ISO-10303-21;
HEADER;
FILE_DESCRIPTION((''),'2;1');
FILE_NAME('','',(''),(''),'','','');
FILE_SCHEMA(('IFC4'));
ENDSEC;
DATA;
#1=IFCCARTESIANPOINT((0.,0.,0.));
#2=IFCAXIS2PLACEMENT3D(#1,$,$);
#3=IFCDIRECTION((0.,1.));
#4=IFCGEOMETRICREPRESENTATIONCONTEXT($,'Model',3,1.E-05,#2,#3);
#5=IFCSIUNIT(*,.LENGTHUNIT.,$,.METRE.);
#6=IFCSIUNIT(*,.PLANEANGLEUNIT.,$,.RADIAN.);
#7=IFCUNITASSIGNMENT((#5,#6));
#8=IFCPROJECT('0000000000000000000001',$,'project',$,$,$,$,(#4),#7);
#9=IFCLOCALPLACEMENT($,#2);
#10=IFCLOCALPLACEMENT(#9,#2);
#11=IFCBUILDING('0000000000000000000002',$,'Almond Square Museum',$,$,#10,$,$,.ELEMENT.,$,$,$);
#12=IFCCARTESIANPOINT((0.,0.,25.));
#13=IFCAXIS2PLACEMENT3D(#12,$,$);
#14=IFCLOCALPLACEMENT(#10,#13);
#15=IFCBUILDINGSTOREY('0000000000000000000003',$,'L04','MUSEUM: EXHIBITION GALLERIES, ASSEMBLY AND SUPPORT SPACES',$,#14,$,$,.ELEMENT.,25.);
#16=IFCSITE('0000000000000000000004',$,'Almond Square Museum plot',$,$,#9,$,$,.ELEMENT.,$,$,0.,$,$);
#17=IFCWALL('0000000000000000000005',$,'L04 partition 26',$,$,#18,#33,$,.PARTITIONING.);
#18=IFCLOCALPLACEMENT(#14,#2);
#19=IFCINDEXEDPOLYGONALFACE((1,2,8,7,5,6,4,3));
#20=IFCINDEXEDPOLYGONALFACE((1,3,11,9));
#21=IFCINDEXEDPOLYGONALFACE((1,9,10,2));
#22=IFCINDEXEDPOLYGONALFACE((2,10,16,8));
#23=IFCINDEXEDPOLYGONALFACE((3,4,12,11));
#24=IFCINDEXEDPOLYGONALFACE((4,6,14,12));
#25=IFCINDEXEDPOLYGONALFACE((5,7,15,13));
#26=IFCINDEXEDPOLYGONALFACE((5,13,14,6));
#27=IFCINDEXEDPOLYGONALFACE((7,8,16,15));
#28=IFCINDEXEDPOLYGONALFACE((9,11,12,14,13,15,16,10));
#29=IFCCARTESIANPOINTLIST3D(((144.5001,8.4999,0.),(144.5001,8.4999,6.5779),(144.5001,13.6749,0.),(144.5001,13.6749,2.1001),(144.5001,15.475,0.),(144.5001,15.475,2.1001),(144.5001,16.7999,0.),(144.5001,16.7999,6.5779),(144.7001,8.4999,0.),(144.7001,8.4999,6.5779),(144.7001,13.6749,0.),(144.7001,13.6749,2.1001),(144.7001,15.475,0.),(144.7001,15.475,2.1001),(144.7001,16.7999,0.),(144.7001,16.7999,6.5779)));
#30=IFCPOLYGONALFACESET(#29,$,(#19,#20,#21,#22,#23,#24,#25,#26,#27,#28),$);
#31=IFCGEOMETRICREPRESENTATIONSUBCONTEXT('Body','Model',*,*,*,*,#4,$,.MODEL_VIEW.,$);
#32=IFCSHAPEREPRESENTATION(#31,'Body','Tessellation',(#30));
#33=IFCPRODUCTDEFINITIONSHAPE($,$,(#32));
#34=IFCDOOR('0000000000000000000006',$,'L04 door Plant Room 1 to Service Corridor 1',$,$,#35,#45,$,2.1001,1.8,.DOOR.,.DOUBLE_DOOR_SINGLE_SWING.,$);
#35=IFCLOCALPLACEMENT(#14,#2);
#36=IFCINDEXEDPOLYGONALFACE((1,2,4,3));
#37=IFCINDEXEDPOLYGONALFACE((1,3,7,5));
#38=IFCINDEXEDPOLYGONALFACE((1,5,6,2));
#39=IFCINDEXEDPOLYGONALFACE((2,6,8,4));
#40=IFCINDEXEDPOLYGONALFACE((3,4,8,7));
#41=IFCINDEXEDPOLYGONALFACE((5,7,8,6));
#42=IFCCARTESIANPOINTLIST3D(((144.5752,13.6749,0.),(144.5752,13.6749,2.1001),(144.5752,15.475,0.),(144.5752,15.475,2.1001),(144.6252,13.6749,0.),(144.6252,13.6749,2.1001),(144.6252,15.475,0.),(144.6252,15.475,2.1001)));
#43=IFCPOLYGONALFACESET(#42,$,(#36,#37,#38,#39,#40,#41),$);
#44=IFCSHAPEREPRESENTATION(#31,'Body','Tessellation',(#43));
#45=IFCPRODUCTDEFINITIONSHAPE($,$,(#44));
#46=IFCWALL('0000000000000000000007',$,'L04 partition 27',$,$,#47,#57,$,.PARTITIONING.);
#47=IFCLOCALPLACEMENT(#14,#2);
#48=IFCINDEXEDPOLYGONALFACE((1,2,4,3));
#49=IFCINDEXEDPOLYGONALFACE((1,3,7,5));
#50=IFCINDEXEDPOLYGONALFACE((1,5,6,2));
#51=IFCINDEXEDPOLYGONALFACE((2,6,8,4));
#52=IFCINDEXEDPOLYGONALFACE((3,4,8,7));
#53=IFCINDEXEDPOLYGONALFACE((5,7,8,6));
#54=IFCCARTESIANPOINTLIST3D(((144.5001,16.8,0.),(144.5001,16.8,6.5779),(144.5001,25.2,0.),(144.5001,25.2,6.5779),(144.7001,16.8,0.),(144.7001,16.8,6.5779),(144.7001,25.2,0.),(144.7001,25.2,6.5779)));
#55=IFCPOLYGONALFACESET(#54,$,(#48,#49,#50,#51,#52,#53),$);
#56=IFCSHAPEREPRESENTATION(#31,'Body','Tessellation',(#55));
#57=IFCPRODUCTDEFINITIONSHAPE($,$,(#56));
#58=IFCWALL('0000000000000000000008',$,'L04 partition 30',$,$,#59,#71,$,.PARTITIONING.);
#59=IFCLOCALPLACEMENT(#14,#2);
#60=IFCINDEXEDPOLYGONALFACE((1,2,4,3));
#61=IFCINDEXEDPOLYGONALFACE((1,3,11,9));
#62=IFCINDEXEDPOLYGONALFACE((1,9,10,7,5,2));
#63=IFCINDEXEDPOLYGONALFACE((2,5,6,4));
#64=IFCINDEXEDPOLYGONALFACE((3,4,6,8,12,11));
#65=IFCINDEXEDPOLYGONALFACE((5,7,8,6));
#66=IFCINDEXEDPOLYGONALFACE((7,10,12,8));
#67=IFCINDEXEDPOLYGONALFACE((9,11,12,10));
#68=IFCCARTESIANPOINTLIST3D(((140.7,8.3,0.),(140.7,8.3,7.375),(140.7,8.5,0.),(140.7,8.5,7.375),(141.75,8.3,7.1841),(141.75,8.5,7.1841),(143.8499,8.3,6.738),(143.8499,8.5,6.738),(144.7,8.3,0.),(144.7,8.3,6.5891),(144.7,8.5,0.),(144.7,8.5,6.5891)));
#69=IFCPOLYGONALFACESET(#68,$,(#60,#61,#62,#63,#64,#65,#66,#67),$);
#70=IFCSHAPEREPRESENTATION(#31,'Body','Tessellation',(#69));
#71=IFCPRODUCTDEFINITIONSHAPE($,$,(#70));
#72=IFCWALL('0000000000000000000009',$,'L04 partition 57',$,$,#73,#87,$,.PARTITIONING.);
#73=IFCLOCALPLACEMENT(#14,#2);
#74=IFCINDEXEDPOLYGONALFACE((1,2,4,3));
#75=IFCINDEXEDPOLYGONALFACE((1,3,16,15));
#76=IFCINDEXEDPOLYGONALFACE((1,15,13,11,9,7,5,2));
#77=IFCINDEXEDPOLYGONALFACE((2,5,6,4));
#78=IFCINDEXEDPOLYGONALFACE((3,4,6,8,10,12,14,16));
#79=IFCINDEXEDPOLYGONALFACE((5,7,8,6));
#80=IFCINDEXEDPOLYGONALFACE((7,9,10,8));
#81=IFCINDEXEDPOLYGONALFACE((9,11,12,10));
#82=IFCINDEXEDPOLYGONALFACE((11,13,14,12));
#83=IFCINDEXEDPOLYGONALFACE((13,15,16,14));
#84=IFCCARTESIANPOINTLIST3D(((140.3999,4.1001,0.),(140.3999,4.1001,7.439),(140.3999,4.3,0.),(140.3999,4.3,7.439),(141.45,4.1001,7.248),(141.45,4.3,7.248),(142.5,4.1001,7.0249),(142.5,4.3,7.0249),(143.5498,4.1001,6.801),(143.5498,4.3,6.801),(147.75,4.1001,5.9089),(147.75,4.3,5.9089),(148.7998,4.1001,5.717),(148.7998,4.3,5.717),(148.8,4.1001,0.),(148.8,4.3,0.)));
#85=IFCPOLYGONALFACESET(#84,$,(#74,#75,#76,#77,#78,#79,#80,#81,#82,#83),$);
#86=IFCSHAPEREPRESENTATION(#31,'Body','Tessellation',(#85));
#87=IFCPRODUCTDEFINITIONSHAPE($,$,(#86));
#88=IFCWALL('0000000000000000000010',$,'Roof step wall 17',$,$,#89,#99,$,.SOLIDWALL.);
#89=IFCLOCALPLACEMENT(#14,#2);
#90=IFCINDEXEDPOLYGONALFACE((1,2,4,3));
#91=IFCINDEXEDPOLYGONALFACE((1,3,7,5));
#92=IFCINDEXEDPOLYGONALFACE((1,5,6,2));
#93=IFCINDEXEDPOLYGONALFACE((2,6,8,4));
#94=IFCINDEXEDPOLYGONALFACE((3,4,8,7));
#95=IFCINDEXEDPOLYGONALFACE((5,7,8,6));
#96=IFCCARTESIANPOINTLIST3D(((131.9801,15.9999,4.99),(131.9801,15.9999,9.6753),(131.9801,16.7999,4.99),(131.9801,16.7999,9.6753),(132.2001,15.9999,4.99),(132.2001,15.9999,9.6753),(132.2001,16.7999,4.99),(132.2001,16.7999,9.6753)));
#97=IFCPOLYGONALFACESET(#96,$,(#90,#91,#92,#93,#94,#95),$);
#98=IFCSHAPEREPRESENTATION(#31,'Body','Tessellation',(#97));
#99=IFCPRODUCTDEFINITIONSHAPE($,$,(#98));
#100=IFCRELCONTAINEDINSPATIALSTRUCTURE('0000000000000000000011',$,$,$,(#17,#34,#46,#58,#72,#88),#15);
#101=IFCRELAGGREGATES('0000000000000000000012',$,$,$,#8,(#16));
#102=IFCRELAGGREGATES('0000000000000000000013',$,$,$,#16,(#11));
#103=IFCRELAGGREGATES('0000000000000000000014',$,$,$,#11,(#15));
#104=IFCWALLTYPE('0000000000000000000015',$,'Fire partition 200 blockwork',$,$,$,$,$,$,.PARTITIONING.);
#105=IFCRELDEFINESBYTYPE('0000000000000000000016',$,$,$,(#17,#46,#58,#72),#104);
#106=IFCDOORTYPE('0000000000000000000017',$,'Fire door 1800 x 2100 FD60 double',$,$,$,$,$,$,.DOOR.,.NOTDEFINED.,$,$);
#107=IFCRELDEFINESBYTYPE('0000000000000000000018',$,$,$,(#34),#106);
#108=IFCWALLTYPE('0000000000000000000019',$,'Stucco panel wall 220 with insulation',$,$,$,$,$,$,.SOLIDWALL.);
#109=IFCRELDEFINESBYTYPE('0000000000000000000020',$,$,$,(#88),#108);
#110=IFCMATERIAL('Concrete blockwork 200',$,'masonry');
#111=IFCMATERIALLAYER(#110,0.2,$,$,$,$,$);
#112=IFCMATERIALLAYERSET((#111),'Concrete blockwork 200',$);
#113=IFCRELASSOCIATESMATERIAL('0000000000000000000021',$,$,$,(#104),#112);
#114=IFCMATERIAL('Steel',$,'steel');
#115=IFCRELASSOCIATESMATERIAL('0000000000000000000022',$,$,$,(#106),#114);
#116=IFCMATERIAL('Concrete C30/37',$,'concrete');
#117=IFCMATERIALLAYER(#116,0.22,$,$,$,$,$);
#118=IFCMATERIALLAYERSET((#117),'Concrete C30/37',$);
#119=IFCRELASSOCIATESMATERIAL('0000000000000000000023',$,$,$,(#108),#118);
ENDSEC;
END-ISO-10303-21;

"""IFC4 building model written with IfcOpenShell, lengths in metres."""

from ifc_helpers import new_model, si_unit, direction, frame, frame_2d, origin, place, context, subcontext, project, spatial, polyline, rectangle, outline, extrude, material, layer, layer_set, type_object, element, fill, save


model = new_model("IFC4")

# Units and contexts
model_context = context("Model", 3, precision=1e-05, world=origin(), true_north=direction((0.0, 1.0)))
body_context = subcontext(model_context, "Body", "Model", "MODEL_VIEW")
ifc_project = project(units=[si_unit("LENGTHUNIT", "METRE"), si_unit("PLANEANGLEUNIT", "RADIAN")], contexts=[model_context])

# Site, building, storey
site_placement = place(None, origin())
site = spatial("IfcSite", under=ifc_project, at=site_placement, Name="Almond Square Museum plot", CompositionType="ELEMENT", RefElevation=0.0)
building_placement = place(site_placement, origin())
building = spatial("IfcBuilding", under=site, at=building_placement, Name="Almond Square Museum", CompositionType="ELEMENT")
storey_placement = place(building_placement, frame((0.0, 0.0, 25.0)))
storey = spatial("IfcBuildingStorey", under=building, at=storey_placement, Name="L04", Description="MUSEUM: EXHIBITION GALLERIES, ASSEMBLY AND SUPPORT SPACES", CompositionType="ELEMENT", Elevation=25.0)

# Wall, opening, door
ifc_material_1 = material(Name="Concrete blockwork 200", Category="masonry")
ifc_layer_1 = layer(ifc_material_1, 0.2)
ifc_layer_set_1 = layer_set([ifc_layer_1], Name="Concrete blockwork 200")
wall_type_1 = type_object("IfcWallType", Name="Fire partition 200 blockwork", PredefinedType="PARTITIONING", material=ifc_layer_set_1)
wall_1_placement = place(storey_placement, frame((144.6001, 8.5, 0.0), z_axis=(0.0, 0.0, 1.0), x_axis=(0.0, 1.0, 0.0)))
wall_1 = element("IfcWall", 1, at=wall_1_placement, inside=storey, type_object=wall_type_1, Name="L04 partition 26", PredefinedType="PARTITIONING", context=body_context, shape_type="SweptSolid", body=[
    extrude(rectangle(XDim=8.3, YDim=0.2, at=frame_2d((4.1499, 0.0))), origin(), (0.0, 0.0, 1.0), 6.5779),
])
opening_placement = place(wall_1_placement, frame((5.175, 0.0, 0.0)))
opening = element("IfcOpeningElement", 2, at=opening_placement, cuts=wall_1, PredefinedType="OPENING", context=body_context, shape_type="SweptSolid", body=[
    extrude(rectangle(XDim=1.8, YDim=2.1001, at=frame_2d((0.8999, 1.05))), frame((0.0, 0.1099, 0.0), z_axis=(0.0, -1.0, 0.0), x_axis=(1.0, 0.0, 0.0)), (0.0, 0.0, 1.0), 0.22),
])
ifc_material_2 = material(Name="Steel", Category="steel")
door_type = type_object("IfcDoorType", Name="Fire door 1800 x 2100 FD60 double", OperationType="NOTDEFINED", PredefinedType="DOOR", material=ifc_material_2)
door_placement = place(opening_placement, origin())
door = element("IfcDoor", 3, at=door_placement, inside=storey, type_object=door_type, Name="L04 door Plant Room 1 to Service Corridor 1", OperationType="DOUBLE_DOOR_SINGLE_SWING", OverallHeight=2.1001, OverallWidth=1.8, PredefinedType="DOOR", context=body_context, shape_type="SweptSolid", body=[
    extrude(rectangle(XDim=1.8, YDim=2.1001, at=frame_2d((0.8999, 1.05))), frame((0.0, 0.0249, 0.0), z_axis=(0.0, -1.0, 0.0), x_axis=(1.0, 0.0, 0.0)), (0.0, 0.0, 1.0), 0.05),
])
fill(opening, door)

# Walls
wall_2_placement = place(storey_placement, frame((144.6001, 16.8, 0.0), z_axis=(0.0, 0.0, 1.0), x_axis=(0.0, 1.0, 0.0)))
element("IfcWall", 4, at=wall_2_placement, inside=storey, type_object=wall_type_1, Name="L04 partition 27", PredefinedType="PARTITIONING", context=body_context, shape_type="SweptSolid", body=[
    extrude(rectangle(XDim=8.3999, YDim=0.2, at=frame_2d((4.2, 0.0))), origin(), (0.0, 0.0, 1.0), 6.5779),
])
wall_3_placement = place(storey_placement, frame((140.7, 8.3999, 0.0), z_axis=(0.0, 0.0, 1.0), x_axis=(1.0, 0.0, 0.0)))
element("IfcWall", 5, at=wall_3_placement, inside=storey, type_object=wall_type_1, Name="L04 partition 30", PredefinedType="PARTITIONING", context=body_context, shape_type="SweptSolid", body=[
    extrude(outline(polyline([(0.0, 0.0), (4.0, 0.0), (4.0, 6.5891), (3.1499, 6.738), (1.05, 7.1841), (0.0, 7.375), (0.0, 0.0)])), frame((0.0, 0.1001, 0.0), z_axis=(0.0, -1.0, 0.0), x_axis=(1.0, 0.0, 0.0)), (0.0, 0.0, 1.0), 0.2),
])
wall_4_placement = place(storey_placement, frame((140.3999, 4.2, 0.0), z_axis=(0.0, 0.0, 1.0), x_axis=(1.0, 0.0, 0.0)))
element("IfcWall", 6, at=wall_4_placement, inside=storey, type_object=wall_type_1, Name="L04 partition 57", PredefinedType="PARTITIONING", context=body_context, shape_type="SweptSolid", body=[
    extrude(outline(polyline([(0.0, 0.0), (8.4001, 0.0), (8.3999, 5.717), (7.3501, 5.9089), (3.1499, 6.801), (2.1001, 7.0249), (1.05, 7.248), (0.0, 7.439), (0.0, 0.0)])), frame((0.0, 0.1001, 0.0), z_axis=(0.0, -1.0, 0.0), x_axis=(1.0, 0.0, 0.0)), (0.0, 0.0, 1.0), 0.2),
])
ifc_material_3 = material(Name="Concrete C30/37", Category="concrete")
ifc_layer_2 = layer(ifc_material_3, 0.22)
ifc_layer_set_2 = layer_set([ifc_layer_2], Name="Concrete C30/37")
wall_type_2 = type_object("IfcWallType", Name="Stucco panel wall 220 with insulation", PredefinedType="SOLIDWALL", material=ifc_layer_set_2)
wall_5_placement = place(storey_placement, frame((132.0901, 16.0, 4.99), z_axis=(0.0, 0.0, 1.0), x_axis=(0.0, 1.0, 0.0)))
element("IfcWall", 7, at=wall_5_placement, inside=storey, type_object=wall_type_2, Name="Roof step wall 17", PredefinedType="SOLIDWALL", context=body_context, shape_type="SweptSolid", body=[
    extrude(rectangle(XDim=0.8, YDim=0.22, at=frame_2d((0.3999, 0.0))), origin(), (0.0, 0.0, 1.0), 4.6853),
])

save(model, "model.ifc")
